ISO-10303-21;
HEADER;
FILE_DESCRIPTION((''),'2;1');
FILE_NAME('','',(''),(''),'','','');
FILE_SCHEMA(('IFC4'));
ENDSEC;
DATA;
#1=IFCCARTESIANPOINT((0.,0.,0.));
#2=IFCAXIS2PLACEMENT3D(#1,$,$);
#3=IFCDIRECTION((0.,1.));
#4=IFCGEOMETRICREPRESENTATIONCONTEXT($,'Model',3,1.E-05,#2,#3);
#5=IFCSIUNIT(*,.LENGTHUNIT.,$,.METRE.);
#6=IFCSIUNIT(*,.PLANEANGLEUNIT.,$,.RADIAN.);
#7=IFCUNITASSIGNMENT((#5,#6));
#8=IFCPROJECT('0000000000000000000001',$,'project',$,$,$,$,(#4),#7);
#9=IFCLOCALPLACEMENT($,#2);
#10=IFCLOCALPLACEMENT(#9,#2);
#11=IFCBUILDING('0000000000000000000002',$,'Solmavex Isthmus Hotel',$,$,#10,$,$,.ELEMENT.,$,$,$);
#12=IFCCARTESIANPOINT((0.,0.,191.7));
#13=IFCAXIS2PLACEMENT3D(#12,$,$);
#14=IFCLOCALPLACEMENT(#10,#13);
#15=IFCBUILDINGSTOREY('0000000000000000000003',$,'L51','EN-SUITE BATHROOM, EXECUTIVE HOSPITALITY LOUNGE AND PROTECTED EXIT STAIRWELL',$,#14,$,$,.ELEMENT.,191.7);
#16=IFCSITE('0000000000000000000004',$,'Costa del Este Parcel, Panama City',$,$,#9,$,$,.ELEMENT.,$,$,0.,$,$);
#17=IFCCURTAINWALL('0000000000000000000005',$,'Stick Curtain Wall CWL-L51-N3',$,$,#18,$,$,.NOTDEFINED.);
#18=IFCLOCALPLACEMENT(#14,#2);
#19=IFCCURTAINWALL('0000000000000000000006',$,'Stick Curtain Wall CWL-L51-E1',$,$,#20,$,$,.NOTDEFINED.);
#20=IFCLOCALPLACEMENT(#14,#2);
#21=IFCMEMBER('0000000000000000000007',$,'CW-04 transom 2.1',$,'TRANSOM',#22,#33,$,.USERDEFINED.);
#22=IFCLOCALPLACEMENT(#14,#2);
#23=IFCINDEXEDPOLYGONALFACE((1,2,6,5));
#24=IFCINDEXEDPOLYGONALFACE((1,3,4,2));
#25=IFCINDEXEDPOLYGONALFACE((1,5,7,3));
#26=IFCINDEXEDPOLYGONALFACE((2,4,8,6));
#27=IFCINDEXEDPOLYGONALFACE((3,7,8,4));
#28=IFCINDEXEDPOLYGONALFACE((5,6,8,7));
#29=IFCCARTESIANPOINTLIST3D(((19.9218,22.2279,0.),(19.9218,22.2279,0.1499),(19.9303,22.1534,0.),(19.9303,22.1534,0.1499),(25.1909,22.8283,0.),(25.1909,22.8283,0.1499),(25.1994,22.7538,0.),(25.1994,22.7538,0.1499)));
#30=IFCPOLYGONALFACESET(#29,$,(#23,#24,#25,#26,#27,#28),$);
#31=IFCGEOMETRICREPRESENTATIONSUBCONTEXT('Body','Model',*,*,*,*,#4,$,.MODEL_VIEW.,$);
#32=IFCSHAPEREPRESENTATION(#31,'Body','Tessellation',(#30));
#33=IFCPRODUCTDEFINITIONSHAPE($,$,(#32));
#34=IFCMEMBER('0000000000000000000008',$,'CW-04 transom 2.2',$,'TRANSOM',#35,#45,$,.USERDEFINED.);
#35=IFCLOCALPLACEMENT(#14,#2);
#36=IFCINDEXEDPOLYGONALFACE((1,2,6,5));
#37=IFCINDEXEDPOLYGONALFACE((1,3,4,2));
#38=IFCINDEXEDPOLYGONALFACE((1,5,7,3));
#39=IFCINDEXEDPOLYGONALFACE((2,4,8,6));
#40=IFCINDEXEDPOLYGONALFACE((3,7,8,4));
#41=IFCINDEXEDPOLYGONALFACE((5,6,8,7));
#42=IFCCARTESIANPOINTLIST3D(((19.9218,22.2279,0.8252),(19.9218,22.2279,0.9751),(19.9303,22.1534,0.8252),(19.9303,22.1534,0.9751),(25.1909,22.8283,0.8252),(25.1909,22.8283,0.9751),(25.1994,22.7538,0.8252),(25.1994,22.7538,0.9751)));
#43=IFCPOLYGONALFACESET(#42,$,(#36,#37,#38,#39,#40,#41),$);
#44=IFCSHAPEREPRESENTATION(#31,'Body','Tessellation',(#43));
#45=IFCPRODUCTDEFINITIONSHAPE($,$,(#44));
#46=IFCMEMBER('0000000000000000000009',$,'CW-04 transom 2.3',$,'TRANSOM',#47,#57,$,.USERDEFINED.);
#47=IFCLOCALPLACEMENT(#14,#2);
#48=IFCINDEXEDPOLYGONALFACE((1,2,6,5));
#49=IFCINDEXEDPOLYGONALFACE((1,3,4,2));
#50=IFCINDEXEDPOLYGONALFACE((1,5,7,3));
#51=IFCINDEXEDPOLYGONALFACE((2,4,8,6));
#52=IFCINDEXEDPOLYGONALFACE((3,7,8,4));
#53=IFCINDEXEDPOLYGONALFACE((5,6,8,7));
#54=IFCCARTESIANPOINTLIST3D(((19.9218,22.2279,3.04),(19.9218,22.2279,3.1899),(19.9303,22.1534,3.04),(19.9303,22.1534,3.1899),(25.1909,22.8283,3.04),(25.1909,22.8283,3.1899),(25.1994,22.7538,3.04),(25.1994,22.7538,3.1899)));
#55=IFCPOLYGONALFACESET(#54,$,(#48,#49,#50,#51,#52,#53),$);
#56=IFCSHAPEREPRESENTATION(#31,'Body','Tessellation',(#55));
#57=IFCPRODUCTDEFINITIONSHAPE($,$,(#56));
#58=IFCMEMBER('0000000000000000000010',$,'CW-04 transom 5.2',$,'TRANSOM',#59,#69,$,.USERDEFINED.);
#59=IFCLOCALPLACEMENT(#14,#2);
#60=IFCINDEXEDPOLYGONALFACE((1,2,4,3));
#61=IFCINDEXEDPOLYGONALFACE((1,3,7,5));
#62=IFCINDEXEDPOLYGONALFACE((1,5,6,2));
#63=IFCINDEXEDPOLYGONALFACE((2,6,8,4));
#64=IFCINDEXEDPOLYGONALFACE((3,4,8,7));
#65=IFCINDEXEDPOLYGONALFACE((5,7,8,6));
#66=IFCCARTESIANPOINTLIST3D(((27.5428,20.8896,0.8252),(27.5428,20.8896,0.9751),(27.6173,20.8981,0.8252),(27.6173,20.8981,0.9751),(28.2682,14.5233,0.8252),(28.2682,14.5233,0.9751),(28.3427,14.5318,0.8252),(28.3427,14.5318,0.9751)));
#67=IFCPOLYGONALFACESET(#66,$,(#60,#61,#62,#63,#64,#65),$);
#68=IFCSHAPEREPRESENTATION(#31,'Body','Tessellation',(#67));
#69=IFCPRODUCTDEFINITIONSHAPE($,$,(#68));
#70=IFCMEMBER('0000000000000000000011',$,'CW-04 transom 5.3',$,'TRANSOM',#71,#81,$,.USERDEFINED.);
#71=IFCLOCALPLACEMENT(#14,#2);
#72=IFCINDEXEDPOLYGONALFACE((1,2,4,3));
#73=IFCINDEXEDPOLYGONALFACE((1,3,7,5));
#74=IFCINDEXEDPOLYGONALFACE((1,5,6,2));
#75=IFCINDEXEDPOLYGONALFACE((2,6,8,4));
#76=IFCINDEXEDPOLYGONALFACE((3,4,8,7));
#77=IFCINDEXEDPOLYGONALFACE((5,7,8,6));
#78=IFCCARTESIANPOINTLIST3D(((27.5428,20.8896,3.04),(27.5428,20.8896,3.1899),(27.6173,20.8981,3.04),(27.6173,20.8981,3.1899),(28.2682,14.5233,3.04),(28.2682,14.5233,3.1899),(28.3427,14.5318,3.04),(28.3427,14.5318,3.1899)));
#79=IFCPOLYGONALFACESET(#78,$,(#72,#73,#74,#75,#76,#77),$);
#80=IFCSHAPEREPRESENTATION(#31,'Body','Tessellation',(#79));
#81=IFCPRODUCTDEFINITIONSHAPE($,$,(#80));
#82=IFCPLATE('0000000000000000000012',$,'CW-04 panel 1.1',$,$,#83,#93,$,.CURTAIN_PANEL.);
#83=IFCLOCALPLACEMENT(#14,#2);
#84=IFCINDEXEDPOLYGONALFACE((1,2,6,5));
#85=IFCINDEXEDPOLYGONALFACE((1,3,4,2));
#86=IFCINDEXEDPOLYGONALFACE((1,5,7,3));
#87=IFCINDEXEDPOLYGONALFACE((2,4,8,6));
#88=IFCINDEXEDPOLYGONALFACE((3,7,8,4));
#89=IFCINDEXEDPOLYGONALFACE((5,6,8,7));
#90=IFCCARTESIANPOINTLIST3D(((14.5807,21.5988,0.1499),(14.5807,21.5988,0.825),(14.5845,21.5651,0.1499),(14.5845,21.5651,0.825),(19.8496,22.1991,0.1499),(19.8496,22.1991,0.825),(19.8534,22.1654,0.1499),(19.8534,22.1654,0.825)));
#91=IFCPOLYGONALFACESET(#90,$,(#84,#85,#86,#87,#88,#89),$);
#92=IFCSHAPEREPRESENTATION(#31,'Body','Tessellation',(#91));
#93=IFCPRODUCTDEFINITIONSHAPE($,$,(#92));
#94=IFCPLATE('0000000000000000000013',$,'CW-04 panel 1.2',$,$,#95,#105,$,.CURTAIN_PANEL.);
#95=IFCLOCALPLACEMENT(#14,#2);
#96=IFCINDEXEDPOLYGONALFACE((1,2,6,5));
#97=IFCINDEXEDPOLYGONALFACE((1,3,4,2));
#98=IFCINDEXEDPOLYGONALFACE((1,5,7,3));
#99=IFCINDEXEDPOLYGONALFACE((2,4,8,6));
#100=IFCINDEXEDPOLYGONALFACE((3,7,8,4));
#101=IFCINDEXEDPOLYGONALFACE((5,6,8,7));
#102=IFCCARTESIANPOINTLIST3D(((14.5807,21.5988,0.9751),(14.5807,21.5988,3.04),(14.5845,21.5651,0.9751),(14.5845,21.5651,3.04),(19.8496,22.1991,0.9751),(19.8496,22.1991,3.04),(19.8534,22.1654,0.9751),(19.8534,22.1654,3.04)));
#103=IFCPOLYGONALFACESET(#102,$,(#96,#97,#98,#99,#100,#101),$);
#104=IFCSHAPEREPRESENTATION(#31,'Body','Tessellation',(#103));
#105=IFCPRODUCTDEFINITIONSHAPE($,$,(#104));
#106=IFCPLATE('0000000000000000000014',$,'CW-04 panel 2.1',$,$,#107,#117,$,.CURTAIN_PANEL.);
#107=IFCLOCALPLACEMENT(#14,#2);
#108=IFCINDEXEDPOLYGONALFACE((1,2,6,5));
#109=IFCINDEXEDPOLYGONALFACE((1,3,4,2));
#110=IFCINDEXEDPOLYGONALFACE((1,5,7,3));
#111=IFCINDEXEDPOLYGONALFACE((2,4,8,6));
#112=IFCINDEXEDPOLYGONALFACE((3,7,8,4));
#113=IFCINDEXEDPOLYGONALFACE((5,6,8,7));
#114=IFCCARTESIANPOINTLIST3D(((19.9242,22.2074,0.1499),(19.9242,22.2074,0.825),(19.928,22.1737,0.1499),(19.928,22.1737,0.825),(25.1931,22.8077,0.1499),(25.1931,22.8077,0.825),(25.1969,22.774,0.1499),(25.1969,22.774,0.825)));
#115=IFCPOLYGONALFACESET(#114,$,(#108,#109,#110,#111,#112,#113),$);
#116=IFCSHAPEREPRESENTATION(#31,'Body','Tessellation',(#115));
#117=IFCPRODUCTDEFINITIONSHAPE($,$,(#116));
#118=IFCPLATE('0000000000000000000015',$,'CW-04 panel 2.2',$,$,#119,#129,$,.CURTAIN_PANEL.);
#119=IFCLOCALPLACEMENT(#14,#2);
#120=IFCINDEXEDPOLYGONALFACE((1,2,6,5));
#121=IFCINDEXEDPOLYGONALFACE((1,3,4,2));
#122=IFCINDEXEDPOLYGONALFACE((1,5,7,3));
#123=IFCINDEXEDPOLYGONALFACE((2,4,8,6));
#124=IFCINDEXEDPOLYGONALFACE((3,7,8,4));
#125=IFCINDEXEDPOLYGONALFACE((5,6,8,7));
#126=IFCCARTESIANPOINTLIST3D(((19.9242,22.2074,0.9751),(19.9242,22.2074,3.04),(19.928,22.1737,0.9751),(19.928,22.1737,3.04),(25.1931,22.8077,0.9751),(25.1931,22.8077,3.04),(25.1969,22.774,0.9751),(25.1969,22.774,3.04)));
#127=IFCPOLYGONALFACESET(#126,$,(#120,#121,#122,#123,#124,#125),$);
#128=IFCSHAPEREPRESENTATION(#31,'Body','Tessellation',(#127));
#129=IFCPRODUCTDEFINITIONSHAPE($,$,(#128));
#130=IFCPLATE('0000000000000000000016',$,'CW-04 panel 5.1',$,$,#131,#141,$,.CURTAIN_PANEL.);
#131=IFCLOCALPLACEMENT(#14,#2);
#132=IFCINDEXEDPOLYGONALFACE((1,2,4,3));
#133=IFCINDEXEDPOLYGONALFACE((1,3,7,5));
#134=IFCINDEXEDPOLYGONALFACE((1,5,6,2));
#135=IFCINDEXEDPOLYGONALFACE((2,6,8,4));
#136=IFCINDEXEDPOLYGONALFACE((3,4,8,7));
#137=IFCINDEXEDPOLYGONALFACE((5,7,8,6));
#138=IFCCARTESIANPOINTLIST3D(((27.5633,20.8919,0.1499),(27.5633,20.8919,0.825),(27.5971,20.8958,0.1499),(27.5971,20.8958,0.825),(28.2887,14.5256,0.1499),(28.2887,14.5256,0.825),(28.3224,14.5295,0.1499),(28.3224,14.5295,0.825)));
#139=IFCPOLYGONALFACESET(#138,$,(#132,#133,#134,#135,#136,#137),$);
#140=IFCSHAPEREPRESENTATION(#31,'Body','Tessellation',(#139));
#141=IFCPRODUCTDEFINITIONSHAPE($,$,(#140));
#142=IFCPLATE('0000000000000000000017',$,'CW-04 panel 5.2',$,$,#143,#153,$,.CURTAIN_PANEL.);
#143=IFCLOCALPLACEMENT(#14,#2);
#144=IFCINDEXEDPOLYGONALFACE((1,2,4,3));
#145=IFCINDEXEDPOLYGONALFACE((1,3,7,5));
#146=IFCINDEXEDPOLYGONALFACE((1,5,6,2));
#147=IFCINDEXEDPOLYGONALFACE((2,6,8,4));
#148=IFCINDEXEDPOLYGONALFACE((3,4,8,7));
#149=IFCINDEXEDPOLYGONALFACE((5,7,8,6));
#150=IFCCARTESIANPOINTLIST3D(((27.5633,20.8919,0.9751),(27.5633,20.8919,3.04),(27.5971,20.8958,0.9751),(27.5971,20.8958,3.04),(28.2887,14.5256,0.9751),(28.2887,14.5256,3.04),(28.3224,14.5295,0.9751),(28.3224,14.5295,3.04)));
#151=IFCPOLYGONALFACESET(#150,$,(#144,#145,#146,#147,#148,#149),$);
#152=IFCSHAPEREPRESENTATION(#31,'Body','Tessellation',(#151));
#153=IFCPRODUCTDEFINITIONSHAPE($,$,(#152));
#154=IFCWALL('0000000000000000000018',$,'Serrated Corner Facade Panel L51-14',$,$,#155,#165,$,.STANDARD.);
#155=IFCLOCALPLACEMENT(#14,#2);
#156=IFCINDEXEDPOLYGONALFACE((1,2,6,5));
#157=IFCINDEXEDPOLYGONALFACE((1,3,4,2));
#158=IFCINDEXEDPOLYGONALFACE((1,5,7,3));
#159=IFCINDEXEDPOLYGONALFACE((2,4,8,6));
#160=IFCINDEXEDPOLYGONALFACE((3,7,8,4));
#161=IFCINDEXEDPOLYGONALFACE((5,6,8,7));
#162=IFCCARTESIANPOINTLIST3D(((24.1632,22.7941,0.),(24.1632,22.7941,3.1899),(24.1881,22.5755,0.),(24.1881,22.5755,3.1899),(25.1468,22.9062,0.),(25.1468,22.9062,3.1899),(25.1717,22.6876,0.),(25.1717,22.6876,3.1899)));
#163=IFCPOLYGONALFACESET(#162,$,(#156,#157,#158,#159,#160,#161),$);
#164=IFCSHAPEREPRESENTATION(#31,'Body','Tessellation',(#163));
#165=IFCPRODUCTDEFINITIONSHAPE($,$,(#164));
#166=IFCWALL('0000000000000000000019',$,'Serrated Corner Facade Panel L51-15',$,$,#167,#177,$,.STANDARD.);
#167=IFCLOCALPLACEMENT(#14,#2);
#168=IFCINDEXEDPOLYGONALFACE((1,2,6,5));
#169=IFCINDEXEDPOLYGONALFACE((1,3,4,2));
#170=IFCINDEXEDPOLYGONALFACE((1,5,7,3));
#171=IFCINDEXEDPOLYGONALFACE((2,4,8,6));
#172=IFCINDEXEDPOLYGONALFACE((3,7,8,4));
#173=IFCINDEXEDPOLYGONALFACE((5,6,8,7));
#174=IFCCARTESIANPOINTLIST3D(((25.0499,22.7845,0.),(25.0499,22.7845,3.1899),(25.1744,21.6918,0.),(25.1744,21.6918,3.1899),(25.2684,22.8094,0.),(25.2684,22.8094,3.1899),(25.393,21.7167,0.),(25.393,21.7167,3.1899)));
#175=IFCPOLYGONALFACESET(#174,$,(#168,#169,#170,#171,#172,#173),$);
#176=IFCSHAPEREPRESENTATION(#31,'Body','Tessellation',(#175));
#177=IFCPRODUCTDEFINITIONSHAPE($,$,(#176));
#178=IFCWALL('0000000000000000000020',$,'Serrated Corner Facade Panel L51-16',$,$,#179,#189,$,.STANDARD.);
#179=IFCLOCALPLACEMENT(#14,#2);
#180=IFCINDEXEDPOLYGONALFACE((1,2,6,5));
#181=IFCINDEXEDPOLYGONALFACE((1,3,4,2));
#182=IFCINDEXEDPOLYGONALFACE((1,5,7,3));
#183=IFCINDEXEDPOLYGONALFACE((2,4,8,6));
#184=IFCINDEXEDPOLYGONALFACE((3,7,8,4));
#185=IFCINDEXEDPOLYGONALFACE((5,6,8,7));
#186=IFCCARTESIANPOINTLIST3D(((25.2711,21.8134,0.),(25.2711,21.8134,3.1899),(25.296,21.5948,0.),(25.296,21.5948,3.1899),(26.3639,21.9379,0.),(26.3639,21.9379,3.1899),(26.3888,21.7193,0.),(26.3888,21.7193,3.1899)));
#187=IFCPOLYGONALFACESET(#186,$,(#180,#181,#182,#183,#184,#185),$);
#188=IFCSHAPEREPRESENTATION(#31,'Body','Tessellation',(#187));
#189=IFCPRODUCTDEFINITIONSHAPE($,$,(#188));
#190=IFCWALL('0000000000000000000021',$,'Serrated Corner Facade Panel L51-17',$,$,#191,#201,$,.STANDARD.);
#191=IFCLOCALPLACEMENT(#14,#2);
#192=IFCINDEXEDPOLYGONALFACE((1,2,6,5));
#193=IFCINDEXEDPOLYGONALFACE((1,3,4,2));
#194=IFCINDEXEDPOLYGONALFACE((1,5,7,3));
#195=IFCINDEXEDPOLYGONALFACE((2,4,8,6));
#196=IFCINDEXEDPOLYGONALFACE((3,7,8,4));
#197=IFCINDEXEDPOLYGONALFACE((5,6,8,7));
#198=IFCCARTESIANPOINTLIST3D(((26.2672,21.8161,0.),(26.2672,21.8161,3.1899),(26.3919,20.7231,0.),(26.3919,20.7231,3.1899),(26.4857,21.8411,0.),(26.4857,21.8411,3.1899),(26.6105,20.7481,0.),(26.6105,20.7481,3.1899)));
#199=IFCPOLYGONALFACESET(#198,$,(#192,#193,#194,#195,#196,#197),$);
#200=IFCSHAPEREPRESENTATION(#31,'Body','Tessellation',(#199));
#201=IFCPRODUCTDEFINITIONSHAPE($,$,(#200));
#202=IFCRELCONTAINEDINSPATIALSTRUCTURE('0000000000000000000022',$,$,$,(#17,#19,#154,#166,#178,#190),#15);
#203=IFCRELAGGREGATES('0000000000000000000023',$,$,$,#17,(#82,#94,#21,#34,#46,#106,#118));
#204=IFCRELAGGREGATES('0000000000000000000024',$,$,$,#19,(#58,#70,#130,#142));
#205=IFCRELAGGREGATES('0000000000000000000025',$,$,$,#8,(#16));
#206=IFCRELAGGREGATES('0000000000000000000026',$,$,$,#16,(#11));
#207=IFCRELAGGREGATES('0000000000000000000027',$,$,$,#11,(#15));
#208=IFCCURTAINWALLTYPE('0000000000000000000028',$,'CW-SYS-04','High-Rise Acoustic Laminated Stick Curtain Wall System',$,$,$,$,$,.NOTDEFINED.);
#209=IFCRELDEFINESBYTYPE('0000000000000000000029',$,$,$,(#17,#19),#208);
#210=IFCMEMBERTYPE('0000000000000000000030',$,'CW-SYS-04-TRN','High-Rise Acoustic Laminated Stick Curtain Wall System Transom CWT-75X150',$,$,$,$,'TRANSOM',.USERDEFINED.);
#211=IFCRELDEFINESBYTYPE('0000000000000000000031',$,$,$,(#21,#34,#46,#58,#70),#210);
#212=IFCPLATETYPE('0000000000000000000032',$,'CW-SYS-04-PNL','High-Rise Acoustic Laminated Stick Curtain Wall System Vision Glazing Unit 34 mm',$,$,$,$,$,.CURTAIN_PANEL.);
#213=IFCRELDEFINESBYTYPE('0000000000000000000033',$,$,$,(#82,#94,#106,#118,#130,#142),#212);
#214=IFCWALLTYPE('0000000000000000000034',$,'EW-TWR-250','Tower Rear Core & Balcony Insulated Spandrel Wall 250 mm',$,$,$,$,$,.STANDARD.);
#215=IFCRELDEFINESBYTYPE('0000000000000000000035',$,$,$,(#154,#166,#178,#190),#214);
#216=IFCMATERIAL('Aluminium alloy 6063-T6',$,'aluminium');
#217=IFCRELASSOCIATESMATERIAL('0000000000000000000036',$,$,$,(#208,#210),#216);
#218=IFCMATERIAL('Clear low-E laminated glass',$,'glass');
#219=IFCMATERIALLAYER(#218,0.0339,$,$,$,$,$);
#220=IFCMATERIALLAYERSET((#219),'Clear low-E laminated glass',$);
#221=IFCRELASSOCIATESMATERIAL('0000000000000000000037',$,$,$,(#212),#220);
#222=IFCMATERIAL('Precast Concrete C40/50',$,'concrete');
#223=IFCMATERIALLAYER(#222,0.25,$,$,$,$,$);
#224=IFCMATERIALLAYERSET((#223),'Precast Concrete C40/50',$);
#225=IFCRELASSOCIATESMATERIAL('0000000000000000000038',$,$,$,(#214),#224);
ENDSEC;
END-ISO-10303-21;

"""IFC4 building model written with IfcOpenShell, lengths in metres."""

from ifc_helpers import new_model, si_unit, direction, frame, frame_2d, origin, origin_2d, place, context, subcontext, project, spatial, rectangle, extrude, material, layer, layer_set, material_profile, profile_set, type_object, element, aggregate, save


model = new_model("IFC4")

# Units and contexts
model_context = context("Model", 3, precision=1e-05, world=origin(), true_north=direction((0.0, 1.0)))
body_context = subcontext(model_context, "Body", "Model", "MODEL_VIEW")
ifc_project = project(units=[si_unit("LENGTHUNIT", "METRE"), si_unit("PLANEANGLEUNIT", "RADIAN")], contexts=[model_context])

# Site, building, storey
site_placement = place(None, origin())
site = spatial("IfcSite", under=ifc_project, at=site_placement, Name="Costa del Este Parcel, Panama City", CompositionType="ELEMENT", RefElevation=0.0)
building_placement = place(site_placement, origin())
building = spatial("IfcBuilding", under=site, at=building_placement, Name="Solmavex Isthmus Hotel", CompositionType="ELEMENT")
storey_placement = place(building_placement, frame((0.0, 0.0, 191.7)))
storey = spatial("IfcBuildingStorey", under=building, at=storey_placement, Name="L51", Description="EN-SUITE BATHROOM, EXECUTIVE HOSPITALITY LOUNGE AND PROTECTED EXIT STAIRWELL", CompositionType="ELEMENT", Elevation=191.7)

# Curtain wall
ifc_material_1 = material(Name="Aluminium alloy 6063-T6", Category="aluminium")
curtain_wall_type = type_object("IfcCurtainWallType", Name="CW-SYS-04", Description="High-Rise Acoustic Laminated Stick Curtain Wall System", PredefinedType="NOTDEFINED", material=ifc_material_1)
curtain_wall_1_placement = place(storey_placement, origin())
curtain_wall_1 = element("IfcCurtainWall", 1, at=curtain_wall_1_placement, inside=storey, type_object=curtain_wall_type, Name="Stick Curtain Wall CWL-L51-N3", PredefinedType="NOTDEFINED")

# Curtain wall
curtain_wall_2_placement = place(storey_placement, origin())
curtain_wall_2 = element("IfcCurtainWall", 2, at=curtain_wall_2_placement, inside=storey, type_object=curtain_wall_type, Name="Stick Curtain Wall CWL-L51-E1", PredefinedType="NOTDEFINED")

# Members
ifc_material_profile_1 = material_profile(ifc_material_1, rectangle(XDim=0.075, YDim=0.1499, at=origin_2d()), Name="CWT-75X150")
ifc_profile_set_1 = profile_set([ifc_material_profile_1], Name="Aluminium alloy 6063-T6")
member_type_1 = type_object("IfcMemberType", Name="CW-SYS-04-TRN", Description="High-Rise Acoustic Laminated Stick Curtain Wall System Transom CWT-75X150", ElementType="TRANSOM", PredefinedType="USERDEFINED", material=ifc_profile_set_1)
member_1_placement = place(storey_placement, frame((19.926, 22.1907, 0.075), z_axis=(0.993572, 0.113205, 0.0), x_axis=(-0.113205, 0.993572, 0.0)))
member_1 = element("IfcMember", 3, at=member_1_placement, type_object=member_type_1, Name="CW-04 transom 2.1", ObjectType="TRANSOM", PredefinedType="USERDEFINED", context=body_context, shape_type="SweptSolid", body=[
    extrude(rectangle(XDim=0.075, YDim=0.1499, at=origin_2d()), origin(), (0.0, 0.0, 1.0), 5.3032),
])
member_2_placement = place(storey_placement, frame((19.926, 22.1907, 0.9001), z_axis=(0.993572, 0.113205, 0.0), x_axis=(-0.113205, 0.993572, 0.0)))
member_2 = element("IfcMember", 4, at=member_2_placement, type_object=member_type_1, Name="CW-04 transom 2.2", ObjectType="TRANSOM", PredefinedType="USERDEFINED", context=body_context, shape_type="SweptSolid", body=[
    extrude(rectangle(XDim=0.075, YDim=0.1499, at=origin_2d()), origin(), (0.0, 0.0, 1.0), 5.3032),
])
member_3_placement = place(storey_placement, frame((19.926, 22.1907, 3.115), z_axis=(0.993572, 0.113205, 0.0), x_axis=(-0.113205, 0.993572, 0.0)))
member_3 = element("IfcMember", 5, at=member_3_placement, type_object=member_type_1, Name="CW-04 transom 2.3", ObjectType="TRANSOM", PredefinedType="USERDEFINED", context=body_context, shape_type="SweptSolid", body=[
    extrude(rectangle(XDim=0.075, YDim=0.1499, at=origin_2d()), origin(), (0.0, 0.0, 1.0), 5.3032),
])
member_4_placement = place(storey_placement, frame((28.3054, 14.5276, 0.9001), z_axis=(-0.113204, 0.993572, 0.0), x_axis=(-0.993572, -0.113204, 0.0)))
member_4 = element("IfcMember", 6, at=member_4_placement, type_object=member_type_1, Name="CW-04 transom 5.2", ObjectType="TRANSOM", PredefinedType="USERDEFINED", context=body_context, shape_type="SweptSolid", body=[
    extrude(rectangle(XDim=0.075, YDim=0.1499, at=origin_2d()), origin(), (0.0, 0.0, 1.0), 6.4075),
])
member_5_placement = place(storey_placement, frame((28.3054, 14.5276, 3.115), z_axis=(-0.113204, 0.993572, 0.0), x_axis=(-0.993572, -0.113204, 0.0)))
member_5 = element("IfcMember", 7, at=member_5_placement, type_object=member_type_1, Name="CW-04 transom 5.3", ObjectType="TRANSOM", PredefinedType="USERDEFINED", context=body_context, shape_type="SweptSolid", body=[
    extrude(rectangle(XDim=0.075, YDim=0.1499, at=origin_2d()), origin(), (0.0, 0.0, 1.0), 6.4075),
])

# Plates
ifc_material_2 = material(Name="Clear low-E laminated glass", Category="glass")
ifc_layer_1 = layer(ifc_material_2, 0.0339)
ifc_layer_set_1 = layer_set([ifc_layer_1], Name="Clear low-E laminated glass")
plate_type = type_object("IfcPlateType", Name="CW-SYS-04-PNL", Description="High-Rise Acoustic Laminated Stick Curtain Wall System Vision Glazing Unit 34 mm", PredefinedType="CURTAIN_PANEL", material=ifc_layer_set_1)
plate_1_placement = place(storey_placement, frame((17.217, 21.8821, 0.1499), z_axis=(0.0, 0.0, 1.0), x_axis=(0.993572, 0.113204, 0.0)))
plate_1 = element("IfcPlate", 8, at=plate_1_placement, type_object=plate_type, Name="CW-04 panel 1.1", PredefinedType="CURTAIN_PANEL", context=body_context, shape_type="SweptSolid", body=[
    extrude(rectangle(XDim=5.303, YDim=0.0339, at=origin_2d()), origin(), (0.0, 0.0, 1.0), 0.675),
])
plate_2_placement = place(storey_placement, frame((17.217, 21.8821, 0.9751), z_axis=(0.0, 0.0, 1.0), x_axis=(0.993572, 0.113204, 0.0)))
plate_2 = element("IfcPlate", 9, at=plate_2_placement, type_object=plate_type, Name="CW-04 panel 1.2", PredefinedType="CURTAIN_PANEL", context=body_context, shape_type="SweptSolid", body=[
    extrude(rectangle(XDim=5.303, YDim=0.0339, at=origin_2d()), origin(), (0.0, 0.0, 1.0), 2.0649),
])
plate_3_placement = place(storey_placement, frame((22.5605, 22.4907, 0.1499), z_axis=(0.0, 0.0, 1.0), x_axis=(0.993572, 0.113204, 0.0)))
plate_3 = element("IfcPlate", 10, at=plate_3_placement, type_object=plate_type, Name="CW-04 panel 2.1", PredefinedType="CURTAIN_PANEL", context=body_context, shape_type="SweptSolid", body=[
    extrude(rectangle(XDim=5.303, YDim=0.0339, at=origin_2d()), origin(), (0.0, 0.0, 1.0), 0.675),
])
plate_4_placement = place(storey_placement, frame((22.5605, 22.4907, 0.9751), z_axis=(0.0, 0.0, 1.0), x_axis=(0.993572, 0.113204, 0.0)))
plate_4 = element("IfcPlate", 11, at=plate_4_placement, type_object=plate_type, Name="CW-04 panel 2.2", PredefinedType="CURTAIN_PANEL", context=body_context, shape_type="SweptSolid", body=[
    extrude(rectangle(XDim=5.303, YDim=0.0339, at=origin_2d()), origin(), (0.0, 0.0, 1.0), 2.0649),
])
aggregate(curtain_wall_1, [plate_1, plate_2, member_1, member_2, member_3, plate_3, plate_4])
plate_5_placement = place(storey_placement, frame((27.9429, 17.7107, 0.1499), z_axis=(0.0, 0.0, 1.0), x_axis=(-0.113203, 0.993572, 0.0)))
plate_5 = element("IfcPlate", 12, at=plate_5_placement, type_object=plate_type, Name="CW-04 panel 5.1", PredefinedType="CURTAIN_PANEL", context=body_context, shape_type="SweptSolid", body=[
    extrude(rectangle(XDim=6.4075, YDim=0.0339, at=origin_2d()), origin(), (0.0, 0.0, 1.0), 0.675),
])
plate_6_placement = place(storey_placement, frame((27.9429, 17.7107, 0.9751), z_axis=(0.0, 0.0, 1.0), x_axis=(-0.113203, 0.993572, 0.0)))
plate_6 = element("IfcPlate", 13, at=plate_6_placement, type_object=plate_type, Name="CW-04 panel 5.2", PredefinedType="CURTAIN_PANEL", context=body_context, shape_type="SweptSolid", body=[
    extrude(rectangle(XDim=6.4075, YDim=0.0339, at=origin_2d()), origin(), (0.0, 0.0, 1.0), 2.0649),
])
aggregate(curtain_wall_2, [member_4, member_5, plate_5, plate_6])

# Walls
ifc_material_3 = material(Name="Precast Concrete C40/50", Category="concrete")
ifc_layer_2 = layer(ifc_material_3, 0.25)
ifc_layer_set_2 = layer_set([ifc_layer_2], Name="Precast Concrete C40/50")
wall_type_1 = type_object("IfcWallType", Name="EW-TWR-250", Description="Tower Rear Core & Balcony Insulated Spandrel Wall 250 mm", PredefinedType="STANDARD", material=ifc_layer_set_2)
wall_1_placement = place(storey_placement, frame((24.1755, 22.6848, 0.0), z_axis=(0.0, 0.0, 1.0), x_axis=(0.993573, 0.113192, 0.0)))
element("IfcWall", 14, at=wall_1_placement, inside=storey, type_object=wall_type_1, Name="Serrated Corner Facade Panel L51-14", PredefinedType="STANDARD", context=body_context, shape_type="SweptSolid", body=[
    extrude(rectangle(XDim=0.99, YDim=0.22, at=frame_2d((0.4951, 0.0))), origin(), (0.0, 0.0, 1.0), 3.1899),
])
for number, where, z_axis, x_axis, name in (
    (15, (25.1592, 22.7969, 0.0), (0.0, 0.0, 1.0), (0.113209, -0.993571, 0.0), "Serrated Corner Facade Panel L51-15"),
    (16, (25.2837, 21.7041, 0.0), (0.0, 0.0, 1.0), (0.993571, 0.113209, 0.0), "Serrated Corner Facade Panel L51-16"),
):
    element("IfcWall", number, at=place(storey_placement, frame(where, z_axis=z_axis, x_axis=x_axis)), inside=storey, type_object=wall_type_1, Name=name, PredefinedType="STANDARD", context=body_context, shape_type="SweptSolid", body=[
        extrude(rectangle(XDim=1.0999, YDim=0.22, at=frame_2d((0.5498, 0.0))), origin(), (0.0, 0.0, 1.0), 3.1899),
    ])
wall_2_placement = place(storey_placement, frame((26.3765, 21.8286, 0.0), z_axis=(0.0, 0.0, 1.0), x_axis=(0.113403, -0.993549, 0.0)))
element("IfcWall", 17, at=wall_2_placement, inside=storey, type_object=wall_type_1, Name="Serrated Corner Facade Panel L51-17", PredefinedType="STANDARD", context=body_context, shape_type="SweptSolid", body=[
    extrude(rectangle(XDim=1.1001, YDim=0.22, at=frame_2d((0.55, 0.0))), origin(), (0.0, 0.0, 1.0), 3.1899),
])

save(model, "model.ifc")
